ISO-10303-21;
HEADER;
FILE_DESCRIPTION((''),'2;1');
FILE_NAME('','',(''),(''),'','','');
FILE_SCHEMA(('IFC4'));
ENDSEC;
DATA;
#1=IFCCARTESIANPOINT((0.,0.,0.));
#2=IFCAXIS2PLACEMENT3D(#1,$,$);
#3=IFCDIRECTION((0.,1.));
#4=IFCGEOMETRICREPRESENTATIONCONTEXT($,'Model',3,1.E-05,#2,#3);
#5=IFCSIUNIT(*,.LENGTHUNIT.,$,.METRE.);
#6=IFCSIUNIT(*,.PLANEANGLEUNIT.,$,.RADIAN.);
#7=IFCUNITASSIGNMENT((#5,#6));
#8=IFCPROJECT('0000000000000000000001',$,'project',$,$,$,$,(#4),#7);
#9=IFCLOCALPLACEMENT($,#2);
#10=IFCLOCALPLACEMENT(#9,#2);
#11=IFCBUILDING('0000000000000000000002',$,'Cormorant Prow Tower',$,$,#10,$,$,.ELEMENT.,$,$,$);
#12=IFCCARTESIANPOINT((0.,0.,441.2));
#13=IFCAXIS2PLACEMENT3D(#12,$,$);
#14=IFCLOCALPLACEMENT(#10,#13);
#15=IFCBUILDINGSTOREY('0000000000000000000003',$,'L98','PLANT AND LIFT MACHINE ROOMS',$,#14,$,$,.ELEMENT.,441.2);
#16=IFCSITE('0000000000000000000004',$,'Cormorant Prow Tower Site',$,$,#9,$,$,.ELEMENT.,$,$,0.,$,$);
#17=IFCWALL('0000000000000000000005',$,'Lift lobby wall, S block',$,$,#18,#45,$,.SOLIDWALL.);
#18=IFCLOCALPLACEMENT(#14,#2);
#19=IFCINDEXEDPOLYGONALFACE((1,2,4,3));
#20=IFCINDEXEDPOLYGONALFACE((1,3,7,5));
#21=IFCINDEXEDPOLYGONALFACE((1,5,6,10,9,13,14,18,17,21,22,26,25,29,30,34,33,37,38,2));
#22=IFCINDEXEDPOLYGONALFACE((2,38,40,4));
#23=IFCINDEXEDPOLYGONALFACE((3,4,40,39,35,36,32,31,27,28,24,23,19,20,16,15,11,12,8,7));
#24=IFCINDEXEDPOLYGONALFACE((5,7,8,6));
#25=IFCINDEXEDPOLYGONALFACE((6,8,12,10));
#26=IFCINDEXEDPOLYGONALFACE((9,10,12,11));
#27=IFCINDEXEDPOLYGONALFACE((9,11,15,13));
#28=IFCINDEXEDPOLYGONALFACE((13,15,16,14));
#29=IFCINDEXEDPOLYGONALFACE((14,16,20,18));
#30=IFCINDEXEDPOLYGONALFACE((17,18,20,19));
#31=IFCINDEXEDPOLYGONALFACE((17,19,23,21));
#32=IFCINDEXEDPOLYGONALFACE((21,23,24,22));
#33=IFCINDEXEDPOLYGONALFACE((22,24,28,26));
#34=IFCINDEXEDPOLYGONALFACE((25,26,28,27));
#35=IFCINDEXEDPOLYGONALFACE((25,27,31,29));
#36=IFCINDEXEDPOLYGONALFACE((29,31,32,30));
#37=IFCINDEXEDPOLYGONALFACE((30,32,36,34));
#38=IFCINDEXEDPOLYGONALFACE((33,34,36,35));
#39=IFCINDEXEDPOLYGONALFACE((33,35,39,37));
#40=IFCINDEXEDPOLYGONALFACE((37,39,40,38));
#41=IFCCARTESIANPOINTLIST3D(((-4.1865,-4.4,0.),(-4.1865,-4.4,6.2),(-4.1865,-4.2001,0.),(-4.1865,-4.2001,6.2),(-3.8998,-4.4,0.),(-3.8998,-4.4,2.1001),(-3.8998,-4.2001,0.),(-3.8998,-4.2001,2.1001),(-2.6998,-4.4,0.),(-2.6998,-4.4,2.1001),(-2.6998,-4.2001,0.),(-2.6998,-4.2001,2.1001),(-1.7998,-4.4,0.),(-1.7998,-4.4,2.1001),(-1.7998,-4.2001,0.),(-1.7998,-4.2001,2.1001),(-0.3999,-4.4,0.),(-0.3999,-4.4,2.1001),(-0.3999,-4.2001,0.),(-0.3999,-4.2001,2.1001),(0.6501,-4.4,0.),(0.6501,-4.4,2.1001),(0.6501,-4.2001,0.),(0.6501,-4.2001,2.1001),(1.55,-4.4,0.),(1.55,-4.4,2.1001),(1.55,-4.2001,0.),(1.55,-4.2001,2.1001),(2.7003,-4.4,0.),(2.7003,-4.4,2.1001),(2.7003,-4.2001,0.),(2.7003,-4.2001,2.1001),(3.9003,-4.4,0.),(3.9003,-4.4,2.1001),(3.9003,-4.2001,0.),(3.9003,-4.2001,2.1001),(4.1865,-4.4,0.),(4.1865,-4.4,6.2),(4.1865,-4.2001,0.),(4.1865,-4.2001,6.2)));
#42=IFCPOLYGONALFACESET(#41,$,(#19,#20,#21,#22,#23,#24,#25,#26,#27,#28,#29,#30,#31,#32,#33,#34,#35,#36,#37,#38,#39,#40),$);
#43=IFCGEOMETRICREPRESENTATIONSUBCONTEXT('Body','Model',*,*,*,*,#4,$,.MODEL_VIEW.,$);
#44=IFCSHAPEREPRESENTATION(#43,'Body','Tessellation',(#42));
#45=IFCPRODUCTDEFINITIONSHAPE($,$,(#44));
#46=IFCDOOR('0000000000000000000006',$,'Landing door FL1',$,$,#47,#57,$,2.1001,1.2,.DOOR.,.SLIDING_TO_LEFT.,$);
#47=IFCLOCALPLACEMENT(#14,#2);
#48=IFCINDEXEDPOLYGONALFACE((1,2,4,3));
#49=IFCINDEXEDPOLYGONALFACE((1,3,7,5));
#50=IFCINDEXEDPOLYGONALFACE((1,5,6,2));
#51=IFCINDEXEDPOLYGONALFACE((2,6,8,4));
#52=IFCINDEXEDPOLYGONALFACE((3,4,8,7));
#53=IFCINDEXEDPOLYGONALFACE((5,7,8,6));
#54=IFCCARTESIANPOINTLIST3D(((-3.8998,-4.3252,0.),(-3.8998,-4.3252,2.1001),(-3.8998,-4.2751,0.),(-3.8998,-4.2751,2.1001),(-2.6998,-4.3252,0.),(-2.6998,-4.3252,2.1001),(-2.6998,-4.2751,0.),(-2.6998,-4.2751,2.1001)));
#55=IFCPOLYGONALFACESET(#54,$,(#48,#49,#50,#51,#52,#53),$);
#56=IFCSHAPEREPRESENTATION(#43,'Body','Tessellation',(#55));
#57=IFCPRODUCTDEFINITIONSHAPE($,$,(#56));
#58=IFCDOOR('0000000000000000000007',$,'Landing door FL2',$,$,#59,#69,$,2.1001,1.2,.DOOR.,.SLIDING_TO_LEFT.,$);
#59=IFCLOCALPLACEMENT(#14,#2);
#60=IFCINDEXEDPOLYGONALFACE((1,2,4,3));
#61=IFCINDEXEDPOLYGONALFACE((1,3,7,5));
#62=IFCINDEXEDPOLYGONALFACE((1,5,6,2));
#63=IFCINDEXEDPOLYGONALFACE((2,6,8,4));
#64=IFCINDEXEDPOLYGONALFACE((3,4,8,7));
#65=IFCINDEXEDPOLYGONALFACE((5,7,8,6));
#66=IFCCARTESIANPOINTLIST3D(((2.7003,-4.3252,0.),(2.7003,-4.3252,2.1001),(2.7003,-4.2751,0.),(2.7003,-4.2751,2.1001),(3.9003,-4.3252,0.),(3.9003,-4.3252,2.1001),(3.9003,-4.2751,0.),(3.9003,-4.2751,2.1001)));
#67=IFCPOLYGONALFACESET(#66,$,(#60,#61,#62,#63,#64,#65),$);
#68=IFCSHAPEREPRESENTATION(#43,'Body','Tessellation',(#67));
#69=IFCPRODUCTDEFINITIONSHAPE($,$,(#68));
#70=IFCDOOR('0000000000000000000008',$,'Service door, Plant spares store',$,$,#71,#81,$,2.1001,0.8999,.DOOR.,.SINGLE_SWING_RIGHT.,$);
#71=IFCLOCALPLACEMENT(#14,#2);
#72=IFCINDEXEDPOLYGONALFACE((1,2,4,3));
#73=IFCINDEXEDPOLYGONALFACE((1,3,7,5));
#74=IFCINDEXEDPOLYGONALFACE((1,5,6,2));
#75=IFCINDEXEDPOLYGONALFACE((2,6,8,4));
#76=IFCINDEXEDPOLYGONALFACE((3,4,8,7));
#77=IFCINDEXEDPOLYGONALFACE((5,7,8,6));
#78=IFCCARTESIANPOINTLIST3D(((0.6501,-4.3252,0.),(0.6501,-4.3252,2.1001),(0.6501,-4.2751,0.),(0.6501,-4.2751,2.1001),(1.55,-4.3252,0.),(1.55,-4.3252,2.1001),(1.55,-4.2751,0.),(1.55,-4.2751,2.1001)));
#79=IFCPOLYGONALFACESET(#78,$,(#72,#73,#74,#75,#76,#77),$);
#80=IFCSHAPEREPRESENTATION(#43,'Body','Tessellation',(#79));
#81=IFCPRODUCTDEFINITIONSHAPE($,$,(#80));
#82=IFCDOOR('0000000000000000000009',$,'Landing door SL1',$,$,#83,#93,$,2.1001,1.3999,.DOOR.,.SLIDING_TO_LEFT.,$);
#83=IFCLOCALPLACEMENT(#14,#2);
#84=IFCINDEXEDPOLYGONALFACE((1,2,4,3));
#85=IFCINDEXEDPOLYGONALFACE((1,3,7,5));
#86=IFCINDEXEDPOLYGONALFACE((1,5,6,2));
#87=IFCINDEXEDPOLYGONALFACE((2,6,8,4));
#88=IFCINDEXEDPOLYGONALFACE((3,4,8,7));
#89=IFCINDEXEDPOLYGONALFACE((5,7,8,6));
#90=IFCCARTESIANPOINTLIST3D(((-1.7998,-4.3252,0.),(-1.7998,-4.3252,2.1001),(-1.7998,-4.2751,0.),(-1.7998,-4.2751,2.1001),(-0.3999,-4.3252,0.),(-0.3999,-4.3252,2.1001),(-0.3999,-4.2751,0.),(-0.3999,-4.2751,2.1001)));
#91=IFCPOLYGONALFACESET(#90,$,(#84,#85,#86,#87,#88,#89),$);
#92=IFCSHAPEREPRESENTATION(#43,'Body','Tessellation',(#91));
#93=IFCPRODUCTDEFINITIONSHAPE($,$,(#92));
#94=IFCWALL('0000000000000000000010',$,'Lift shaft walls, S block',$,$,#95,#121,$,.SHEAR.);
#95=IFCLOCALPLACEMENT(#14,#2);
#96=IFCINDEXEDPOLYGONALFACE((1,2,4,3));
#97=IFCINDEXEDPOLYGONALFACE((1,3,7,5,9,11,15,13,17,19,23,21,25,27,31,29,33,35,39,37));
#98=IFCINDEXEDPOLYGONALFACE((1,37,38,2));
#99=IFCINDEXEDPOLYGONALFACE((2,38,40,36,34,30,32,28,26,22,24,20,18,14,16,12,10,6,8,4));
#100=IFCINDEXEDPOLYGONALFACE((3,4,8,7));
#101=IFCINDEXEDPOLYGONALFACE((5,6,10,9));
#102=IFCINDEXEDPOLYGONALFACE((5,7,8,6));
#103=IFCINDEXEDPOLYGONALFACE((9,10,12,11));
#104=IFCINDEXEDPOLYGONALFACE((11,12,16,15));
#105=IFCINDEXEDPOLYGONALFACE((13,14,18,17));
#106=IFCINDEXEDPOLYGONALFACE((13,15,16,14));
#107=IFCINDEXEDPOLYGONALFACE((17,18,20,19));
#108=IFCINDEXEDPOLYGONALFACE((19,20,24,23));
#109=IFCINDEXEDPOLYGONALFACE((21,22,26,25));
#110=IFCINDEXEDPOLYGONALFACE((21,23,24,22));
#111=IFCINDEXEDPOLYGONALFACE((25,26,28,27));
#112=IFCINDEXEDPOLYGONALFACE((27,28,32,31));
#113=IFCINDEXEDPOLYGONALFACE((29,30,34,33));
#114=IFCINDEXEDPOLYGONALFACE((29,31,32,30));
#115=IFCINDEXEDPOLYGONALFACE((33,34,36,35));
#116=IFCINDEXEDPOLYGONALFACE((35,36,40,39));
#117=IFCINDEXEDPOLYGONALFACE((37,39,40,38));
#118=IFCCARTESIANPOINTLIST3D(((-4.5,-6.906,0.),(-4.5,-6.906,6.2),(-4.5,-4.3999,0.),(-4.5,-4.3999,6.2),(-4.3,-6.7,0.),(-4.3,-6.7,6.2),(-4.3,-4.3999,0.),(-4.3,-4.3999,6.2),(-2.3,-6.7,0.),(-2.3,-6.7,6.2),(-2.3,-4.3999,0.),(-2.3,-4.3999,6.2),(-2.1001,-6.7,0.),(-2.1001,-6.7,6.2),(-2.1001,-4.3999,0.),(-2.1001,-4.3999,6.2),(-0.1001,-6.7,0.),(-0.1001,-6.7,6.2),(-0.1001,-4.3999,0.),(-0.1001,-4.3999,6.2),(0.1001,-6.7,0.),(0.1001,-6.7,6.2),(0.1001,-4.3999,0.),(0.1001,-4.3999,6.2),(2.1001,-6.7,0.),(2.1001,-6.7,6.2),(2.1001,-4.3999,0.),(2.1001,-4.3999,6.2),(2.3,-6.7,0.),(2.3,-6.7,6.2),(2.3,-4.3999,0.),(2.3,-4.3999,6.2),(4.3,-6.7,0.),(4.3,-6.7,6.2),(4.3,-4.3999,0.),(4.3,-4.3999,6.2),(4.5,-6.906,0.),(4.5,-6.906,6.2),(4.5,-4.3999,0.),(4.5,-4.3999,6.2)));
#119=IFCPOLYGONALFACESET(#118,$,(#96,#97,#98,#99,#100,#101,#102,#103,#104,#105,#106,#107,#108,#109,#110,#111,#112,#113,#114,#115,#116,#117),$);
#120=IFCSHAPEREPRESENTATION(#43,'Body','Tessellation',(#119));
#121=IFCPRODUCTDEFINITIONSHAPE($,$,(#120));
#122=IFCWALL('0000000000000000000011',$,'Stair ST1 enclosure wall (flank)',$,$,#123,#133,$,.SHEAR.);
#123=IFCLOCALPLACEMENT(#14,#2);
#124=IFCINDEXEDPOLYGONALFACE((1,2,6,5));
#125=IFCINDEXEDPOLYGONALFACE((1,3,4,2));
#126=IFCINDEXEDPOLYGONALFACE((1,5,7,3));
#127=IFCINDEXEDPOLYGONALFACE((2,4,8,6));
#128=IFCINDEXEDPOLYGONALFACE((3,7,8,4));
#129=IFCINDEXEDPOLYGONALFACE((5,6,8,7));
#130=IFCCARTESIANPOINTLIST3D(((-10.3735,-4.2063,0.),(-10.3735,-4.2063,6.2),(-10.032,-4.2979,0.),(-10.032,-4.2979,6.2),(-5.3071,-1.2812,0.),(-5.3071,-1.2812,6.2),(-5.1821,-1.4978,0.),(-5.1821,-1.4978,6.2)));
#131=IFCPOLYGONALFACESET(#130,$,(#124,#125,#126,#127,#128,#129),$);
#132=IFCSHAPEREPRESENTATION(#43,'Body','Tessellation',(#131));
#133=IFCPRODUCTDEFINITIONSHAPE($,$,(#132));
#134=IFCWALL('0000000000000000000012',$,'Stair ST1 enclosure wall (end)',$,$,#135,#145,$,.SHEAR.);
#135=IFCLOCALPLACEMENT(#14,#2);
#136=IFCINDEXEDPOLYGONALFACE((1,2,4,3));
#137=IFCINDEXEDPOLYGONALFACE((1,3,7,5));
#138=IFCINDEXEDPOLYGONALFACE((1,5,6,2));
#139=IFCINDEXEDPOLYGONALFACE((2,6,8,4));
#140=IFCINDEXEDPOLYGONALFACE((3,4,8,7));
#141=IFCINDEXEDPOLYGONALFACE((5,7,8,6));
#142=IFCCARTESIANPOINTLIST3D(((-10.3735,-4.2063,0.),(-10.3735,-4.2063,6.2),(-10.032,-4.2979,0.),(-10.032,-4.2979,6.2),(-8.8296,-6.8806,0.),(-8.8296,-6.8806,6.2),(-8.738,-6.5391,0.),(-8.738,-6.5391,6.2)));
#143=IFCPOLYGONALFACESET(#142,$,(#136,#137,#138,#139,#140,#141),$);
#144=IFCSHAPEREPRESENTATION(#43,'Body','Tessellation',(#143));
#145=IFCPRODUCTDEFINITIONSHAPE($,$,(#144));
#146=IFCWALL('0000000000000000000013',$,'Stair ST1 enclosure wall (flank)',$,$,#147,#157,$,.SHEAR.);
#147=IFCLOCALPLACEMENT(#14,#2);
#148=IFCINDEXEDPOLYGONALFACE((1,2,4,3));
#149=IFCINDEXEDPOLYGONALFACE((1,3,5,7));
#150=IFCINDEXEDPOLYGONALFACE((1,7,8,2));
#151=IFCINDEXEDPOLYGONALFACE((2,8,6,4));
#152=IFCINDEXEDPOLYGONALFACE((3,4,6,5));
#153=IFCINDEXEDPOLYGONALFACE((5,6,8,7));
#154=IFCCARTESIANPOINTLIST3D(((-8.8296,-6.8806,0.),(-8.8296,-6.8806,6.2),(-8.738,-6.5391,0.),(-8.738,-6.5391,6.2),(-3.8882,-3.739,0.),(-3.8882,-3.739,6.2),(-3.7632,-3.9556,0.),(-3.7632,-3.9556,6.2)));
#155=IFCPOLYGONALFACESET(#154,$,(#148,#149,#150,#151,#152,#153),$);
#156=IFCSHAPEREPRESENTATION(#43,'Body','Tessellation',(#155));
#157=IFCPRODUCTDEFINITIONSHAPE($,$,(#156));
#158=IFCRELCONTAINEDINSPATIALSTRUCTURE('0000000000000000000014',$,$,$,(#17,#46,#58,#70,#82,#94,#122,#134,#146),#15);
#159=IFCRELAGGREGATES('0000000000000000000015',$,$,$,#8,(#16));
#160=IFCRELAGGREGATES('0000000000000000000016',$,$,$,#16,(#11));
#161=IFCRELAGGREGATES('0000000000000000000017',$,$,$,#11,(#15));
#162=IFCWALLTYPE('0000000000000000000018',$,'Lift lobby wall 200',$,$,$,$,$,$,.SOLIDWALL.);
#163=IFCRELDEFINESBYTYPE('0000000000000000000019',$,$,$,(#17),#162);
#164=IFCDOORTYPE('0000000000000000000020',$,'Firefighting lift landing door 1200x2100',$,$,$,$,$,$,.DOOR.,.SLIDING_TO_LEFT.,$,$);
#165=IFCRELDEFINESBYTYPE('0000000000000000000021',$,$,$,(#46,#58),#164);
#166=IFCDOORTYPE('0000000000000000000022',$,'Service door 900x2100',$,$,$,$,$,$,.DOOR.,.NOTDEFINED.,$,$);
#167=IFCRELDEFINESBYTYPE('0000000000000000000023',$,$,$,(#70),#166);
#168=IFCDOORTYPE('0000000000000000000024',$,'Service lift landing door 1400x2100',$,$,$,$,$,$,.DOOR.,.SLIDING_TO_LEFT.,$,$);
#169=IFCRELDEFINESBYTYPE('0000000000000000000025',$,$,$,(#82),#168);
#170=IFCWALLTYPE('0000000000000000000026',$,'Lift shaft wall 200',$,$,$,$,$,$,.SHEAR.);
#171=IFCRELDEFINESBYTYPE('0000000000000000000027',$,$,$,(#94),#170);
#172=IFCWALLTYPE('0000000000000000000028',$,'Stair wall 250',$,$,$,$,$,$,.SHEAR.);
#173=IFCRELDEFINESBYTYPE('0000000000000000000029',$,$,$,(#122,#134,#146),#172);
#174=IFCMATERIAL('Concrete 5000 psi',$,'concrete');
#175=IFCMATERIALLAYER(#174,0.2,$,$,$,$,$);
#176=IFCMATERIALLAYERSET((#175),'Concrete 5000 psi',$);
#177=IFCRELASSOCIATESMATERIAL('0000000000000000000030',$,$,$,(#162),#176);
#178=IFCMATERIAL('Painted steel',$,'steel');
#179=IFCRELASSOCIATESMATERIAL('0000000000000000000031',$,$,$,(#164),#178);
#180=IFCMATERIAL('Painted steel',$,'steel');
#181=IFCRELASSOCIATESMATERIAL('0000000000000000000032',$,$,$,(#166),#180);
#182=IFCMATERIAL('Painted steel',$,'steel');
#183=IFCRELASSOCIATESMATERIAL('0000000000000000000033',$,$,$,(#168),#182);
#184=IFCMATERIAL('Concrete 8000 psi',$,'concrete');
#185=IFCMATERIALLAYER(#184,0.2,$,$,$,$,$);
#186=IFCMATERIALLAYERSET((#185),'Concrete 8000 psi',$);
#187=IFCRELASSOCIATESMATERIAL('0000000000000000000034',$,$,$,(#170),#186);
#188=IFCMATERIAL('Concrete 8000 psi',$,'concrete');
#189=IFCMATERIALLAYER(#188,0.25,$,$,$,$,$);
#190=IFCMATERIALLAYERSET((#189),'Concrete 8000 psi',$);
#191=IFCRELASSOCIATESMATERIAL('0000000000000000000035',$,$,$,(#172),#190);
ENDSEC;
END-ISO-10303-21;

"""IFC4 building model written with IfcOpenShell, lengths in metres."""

from ifc_helpers import new_model, si_unit, direction, frame, frame_2d, origin, place, context, subcontext, project, spatial, polyline, rectangle, outline, extrude, material, layer, layer_set, type_object, element, fill, save


model = new_model("IFC4")

# Units and contexts
model_context = context("Model", 3, precision=1e-05, world=origin(), true_north=direction((0.0, 1.0)))
body_context = subcontext(model_context, "Body", "Model", "MODEL_VIEW")
ifc_project = project(units=[si_unit("LENGTHUNIT", "METRE"), si_unit("PLANEANGLEUNIT", "RADIAN")], contexts=[model_context])

# Site, building, storey
site_placement = place(None, origin())
site = spatial("IfcSite", under=ifc_project, at=site_placement, Name="Cormorant Prow Tower Site", CompositionType="ELEMENT", RefElevation=0.0)
building_placement = place(site_placement, origin())
building = spatial("IfcBuilding", under=site, at=building_placement, Name="Cormorant Prow Tower", CompositionType="ELEMENT")
storey_placement = place(building_placement, frame((0.0, 0.0, 441.2)))
storey = spatial("IfcBuildingStorey", under=building, at=storey_placement, Name="L98", Description="PLANT AND LIFT MACHINE ROOMS", CompositionType="ELEMENT", Elevation=441.2)

# Wall, openings, doors
ifc_material_1 = material(Name="Concrete 5000 psi", Category="concrete")
ifc_layer_1 = layer(ifc_material_1, 0.2)
ifc_layer_set_1 = layer_set([ifc_layer_1], Name="Concrete 5000 psi")
wall_type_1 = type_object("IfcWallType", Name="Lift lobby wall 200", PredefinedType="SOLIDWALL", material=ifc_layer_set_1)
wall_1_placement = place(storey_placement, frame((-4.1865, -4.3, 0.0), z_axis=(0.0, 0.0, 1.0), x_axis=(1.0, 0.0, 0.0)))
wall_1 = element("IfcWall", 1, at=wall_1_placement, inside=storey, type_object=wall_type_1, Name="Lift lobby wall, S block", PredefinedType="SOLIDWALL", context=body_context, shape_type="SweptSolid", body=[
    extrude(rectangle(XDim=8.373, YDim=0.2, at=frame_2d((4.1865, 0.0))), origin(), (0.0, 0.0, 1.0), 6.2),
])
opening_1_placement = place(wall_1_placement, frame((0.2866, 0.0, 0.0)))
opening_1 = element("IfcOpeningElement", 2, at=opening_1_placement, cuts=wall_1, PredefinedType="OPENING", context=body_context, shape_type="SweptSolid", body=[
    extrude(rectangle(XDim=1.2, YDim=2.1001, at=frame_2d((0.6001, 1.05))), frame((0.0, 0.1099, 0.0), z_axis=(0.0, -1.0, 0.0), x_axis=(1.0, 0.0, 0.0)), (0.0, 0.0, 1.0), 0.22),
])
opening_2_placement = place(wall_1_placement, frame((2.3867, 0.0, 0.0)))
opening_2 = element("IfcOpeningElement", 3, at=opening_2_placement, cuts=wall_1, PredefinedType="OPENING", context=body_context, shape_type="SweptSolid", body=[
    extrude(rectangle(XDim=1.3999, YDim=2.1001, at=frame_2d((0.7, 1.05))), frame((0.0, 0.1099, 0.0), z_axis=(0.0, -1.0, 0.0), x_axis=(1.0, 0.0, 0.0)), (0.0, 0.0, 1.0), 0.22),
])
opening_3_placement = place(wall_1_placement, frame((4.8367, 0.0, 0.0)))
opening_3 = element("IfcOpeningElement", 4, at=opening_3_placement, cuts=wall_1, PredefinedType="OPENING", context=body_context, shape_type="SweptSolid", body=[
    extrude(rectangle(XDim=0.8999, YDim=2.1001, at=frame_2d((0.45, 1.05))), frame((0.0, 0.1099, 0.0), z_axis=(0.0, -1.0, 0.0), x_axis=(1.0, 0.0, 0.0)), (0.0, 0.0, 1.0), 0.22),
])
opening_4_placement = place(wall_1_placement, frame((6.8867, 0.0, 0.0)))
opening_4 = element("IfcOpeningElement", 5, at=opening_4_placement, cuts=wall_1, PredefinedType="OPENING", context=body_context, shape_type="SweptSolid", body=[
    extrude(rectangle(XDim=1.2, YDim=2.1001, at=frame_2d((0.6001, 1.05))), frame((0.0, 0.1099, 0.0), z_axis=(0.0, -1.0, 0.0), x_axis=(1.0, 0.0, 0.0)), (0.0, 0.0, 1.0), 0.22),
])
ifc_material_2 = material(Name="Painted steel", Category="steel")
door_type_1 = type_object("IfcDoorType", Name="Firefighting lift landing door 1200x2100", OperationType="SLIDING_TO_LEFT", PredefinedType="DOOR", material=ifc_material_2)
door_1_placement = place(opening_1_placement, origin())
door_1 = element("IfcDoor", 6, at=door_1_placement, inside=storey, type_object=door_type_1, Name="Landing door FL1", OperationType="SLIDING_TO_LEFT", OverallHeight=2.1001, OverallWidth=1.2, PredefinedType="DOOR", context=body_context, shape_type="SweptSolid", body=[
    extrude(rectangle(XDim=1.2, YDim=2.1001, at=frame_2d((0.6001, 1.05))), frame((0.0, 0.0249, 0.0), z_axis=(0.0, -1.0, 0.0), x_axis=(1.0, 0.0, 0.0)), (0.0, 0.0, 1.0), 0.05),
])
fill(opening_1, door_1)
door_2_placement = place(opening_4_placement, origin())
door_2 = element("IfcDoor", 7, at=door_2_placement, inside=storey, type_object=door_type_1, Name="Landing door FL2", OperationType="SLIDING_TO_LEFT", OverallHeight=2.1001, OverallWidth=1.2, PredefinedType="DOOR", context=body_context, shape_type="SweptSolid", body=[
    extrude(rectangle(XDim=1.2, YDim=2.1001, at=frame_2d((0.6001, 1.05))), frame((0.0, 0.0249, 0.0), z_axis=(0.0, -1.0, 0.0), x_axis=(1.0, 0.0, 0.0)), (0.0, 0.0, 1.0), 0.05),
])
fill(opening_4, door_2)
ifc_material_3 = material(Name="Painted steel", Category="steel")
door_type_2 = type_object("IfcDoorType", Name="Service door 900x2100", OperationType="NOTDEFINED", PredefinedType="DOOR", material=ifc_material_3)
door_3_placement = place(opening_3_placement, origin())
door_3 = element("IfcDoor", 8, at=door_3_placement, inside=storey, type_object=door_type_2, Name="Service door, Plant spares store", OperationType="SINGLE_SWING_RIGHT", OverallHeight=2.1001, OverallWidth=0.8999, PredefinedType="DOOR", context=body_context, shape_type="SweptSolid", body=[
    extrude(rectangle(XDim=0.8999, YDim=2.1001, at=frame_2d((0.45, 1.05))), frame((0.0, 0.0249, 0.0), z_axis=(0.0, -1.0, 0.0), x_axis=(1.0, 0.0, 0.0)), (0.0, 0.0, 1.0), 0.05),
])
fill(opening_3, door_3)
ifc_material_4 = material(Name="Painted steel", Category="steel")
door_type_3 = type_object("IfcDoorType", Name="Service lift landing door 1400x2100", OperationType="SLIDING_TO_LEFT", PredefinedType="DOOR", material=ifc_material_4)
door_4_placement = place(opening_2_placement, origin())
door_4 = element("IfcDoor", 9, at=door_4_placement, inside=storey, type_object=door_type_3, Name="Landing door SL1", OperationType="SLIDING_TO_LEFT", OverallHeight=2.1001, OverallWidth=1.3999, PredefinedType="DOOR", context=body_context, shape_type="SweptSolid", body=[
    extrude(rectangle(XDim=1.3999, YDim=2.1001, at=frame_2d((0.7, 1.05))), frame((0.0, 0.0249, 0.0), z_axis=(0.0, -1.0, 0.0), x_axis=(1.0, 0.0, 0.0)), (0.0, 0.0, 1.0), 0.05),
])
fill(opening_2, door_4)

# Walls
ifc_material_5 = material(Name="Concrete 8000 psi", Category="concrete")
ifc_layer_2 = layer(ifc_material_5, 0.2)
ifc_layer_set_2 = layer_set([ifc_layer_2], Name="Concrete 8000 psi")
wall_type_2 = type_object("IfcWallType", Name="Lift shaft wall 200", PredefinedType="SHEAR", material=ifc_layer_set_2)
wall_2_placement = place(storey_placement, origin())
element("IfcWall", 10, at=wall_2_placement, inside=storey, type_object=wall_type_2, Name="Lift shaft walls, S block", PredefinedType="SHEAR", context=body_context, shape_type="SweptSolid", body=[
    extrude(outline(polyline([(4.5, -4.3999), (4.5, -6.906), (-4.5, -6.906), (-4.5, -4.3999), (-4.3, -4.3999), (-4.3, -6.7), (-2.3, -6.7), (-2.3, -4.3999), (-2.1001, -4.3999), (-2.1001, -6.7), (-0.1001, -6.7), (-0.1001, -4.3999), (0.1001, -4.3999), (0.1001, -6.7), (2.1001, -6.7), (2.1001, -4.3999), (2.3, -4.3999), (2.3, -6.7), (4.3, -6.7), (4.3, -4.3999), (4.5, -4.3999)])), origin(), (0.0, 0.0, 1.0), 6.2),
])
ifc_material_6 = material(Name="Concrete 8000 psi", Category="concrete")
ifc_layer_3 = layer(ifc_material_6, 0.25)
ifc_layer_set_3 = layer_set([ifc_layer_3], Name="Concrete 8000 psi")
wall_type_3 = type_object("IfcWallType", Name="Stair wall 250", PredefinedType="SHEAR", material=ifc_layer_set_3)
wall_3_placement = place(storey_placement, origin())
element("IfcWall", 11, at=wall_3_placement, inside=storey, type_object=wall_type_3, Name="Stair ST1 enclosure wall (flank)", PredefinedType="SHEAR", context=body_context, shape_type="SweptSolid", body=[
    extrude(outline(polyline([(-5.3071, -1.2812), (-10.3735, -4.2063), (-10.032, -4.2979), (-5.1821, -1.4978), (-5.3071, -1.2812)])), origin(), (0.0, 0.0, 1.0), 6.2),
])
wall_4_placement = place(storey_placement, origin())
element("IfcWall", 12, at=wall_4_placement, inside=storey, type_object=wall_type_3, Name="Stair ST1 enclosure wall (end)", PredefinedType="SHEAR", context=body_context, shape_type="SweptSolid", body=[
    extrude(outline(polyline([(-10.3735, -4.2063), (-8.8296, -6.8806), (-8.738, -6.5391), (-10.032, -4.2979), (-10.3735, -4.2063)])), origin(), (0.0, 0.0, 1.0), 6.2),
])
wall_5_placement = place(storey_placement, origin())
element("IfcWall", 13, at=wall_5_placement, inside=storey, type_object=wall_type_3, Name="Stair ST1 enclosure wall (flank)", PredefinedType="SHEAR", context=body_context, shape_type="SweptSolid", body=[
    extrude(outline(polyline([(-8.738, -6.5391), (-8.8296, -6.8806), (-3.7632, -3.9556), (-3.8882, -3.739), (-8.738, -6.5391)])), origin(), (0.0, 0.0, 1.0), 6.2),
])

save(model, "model.ifc")
